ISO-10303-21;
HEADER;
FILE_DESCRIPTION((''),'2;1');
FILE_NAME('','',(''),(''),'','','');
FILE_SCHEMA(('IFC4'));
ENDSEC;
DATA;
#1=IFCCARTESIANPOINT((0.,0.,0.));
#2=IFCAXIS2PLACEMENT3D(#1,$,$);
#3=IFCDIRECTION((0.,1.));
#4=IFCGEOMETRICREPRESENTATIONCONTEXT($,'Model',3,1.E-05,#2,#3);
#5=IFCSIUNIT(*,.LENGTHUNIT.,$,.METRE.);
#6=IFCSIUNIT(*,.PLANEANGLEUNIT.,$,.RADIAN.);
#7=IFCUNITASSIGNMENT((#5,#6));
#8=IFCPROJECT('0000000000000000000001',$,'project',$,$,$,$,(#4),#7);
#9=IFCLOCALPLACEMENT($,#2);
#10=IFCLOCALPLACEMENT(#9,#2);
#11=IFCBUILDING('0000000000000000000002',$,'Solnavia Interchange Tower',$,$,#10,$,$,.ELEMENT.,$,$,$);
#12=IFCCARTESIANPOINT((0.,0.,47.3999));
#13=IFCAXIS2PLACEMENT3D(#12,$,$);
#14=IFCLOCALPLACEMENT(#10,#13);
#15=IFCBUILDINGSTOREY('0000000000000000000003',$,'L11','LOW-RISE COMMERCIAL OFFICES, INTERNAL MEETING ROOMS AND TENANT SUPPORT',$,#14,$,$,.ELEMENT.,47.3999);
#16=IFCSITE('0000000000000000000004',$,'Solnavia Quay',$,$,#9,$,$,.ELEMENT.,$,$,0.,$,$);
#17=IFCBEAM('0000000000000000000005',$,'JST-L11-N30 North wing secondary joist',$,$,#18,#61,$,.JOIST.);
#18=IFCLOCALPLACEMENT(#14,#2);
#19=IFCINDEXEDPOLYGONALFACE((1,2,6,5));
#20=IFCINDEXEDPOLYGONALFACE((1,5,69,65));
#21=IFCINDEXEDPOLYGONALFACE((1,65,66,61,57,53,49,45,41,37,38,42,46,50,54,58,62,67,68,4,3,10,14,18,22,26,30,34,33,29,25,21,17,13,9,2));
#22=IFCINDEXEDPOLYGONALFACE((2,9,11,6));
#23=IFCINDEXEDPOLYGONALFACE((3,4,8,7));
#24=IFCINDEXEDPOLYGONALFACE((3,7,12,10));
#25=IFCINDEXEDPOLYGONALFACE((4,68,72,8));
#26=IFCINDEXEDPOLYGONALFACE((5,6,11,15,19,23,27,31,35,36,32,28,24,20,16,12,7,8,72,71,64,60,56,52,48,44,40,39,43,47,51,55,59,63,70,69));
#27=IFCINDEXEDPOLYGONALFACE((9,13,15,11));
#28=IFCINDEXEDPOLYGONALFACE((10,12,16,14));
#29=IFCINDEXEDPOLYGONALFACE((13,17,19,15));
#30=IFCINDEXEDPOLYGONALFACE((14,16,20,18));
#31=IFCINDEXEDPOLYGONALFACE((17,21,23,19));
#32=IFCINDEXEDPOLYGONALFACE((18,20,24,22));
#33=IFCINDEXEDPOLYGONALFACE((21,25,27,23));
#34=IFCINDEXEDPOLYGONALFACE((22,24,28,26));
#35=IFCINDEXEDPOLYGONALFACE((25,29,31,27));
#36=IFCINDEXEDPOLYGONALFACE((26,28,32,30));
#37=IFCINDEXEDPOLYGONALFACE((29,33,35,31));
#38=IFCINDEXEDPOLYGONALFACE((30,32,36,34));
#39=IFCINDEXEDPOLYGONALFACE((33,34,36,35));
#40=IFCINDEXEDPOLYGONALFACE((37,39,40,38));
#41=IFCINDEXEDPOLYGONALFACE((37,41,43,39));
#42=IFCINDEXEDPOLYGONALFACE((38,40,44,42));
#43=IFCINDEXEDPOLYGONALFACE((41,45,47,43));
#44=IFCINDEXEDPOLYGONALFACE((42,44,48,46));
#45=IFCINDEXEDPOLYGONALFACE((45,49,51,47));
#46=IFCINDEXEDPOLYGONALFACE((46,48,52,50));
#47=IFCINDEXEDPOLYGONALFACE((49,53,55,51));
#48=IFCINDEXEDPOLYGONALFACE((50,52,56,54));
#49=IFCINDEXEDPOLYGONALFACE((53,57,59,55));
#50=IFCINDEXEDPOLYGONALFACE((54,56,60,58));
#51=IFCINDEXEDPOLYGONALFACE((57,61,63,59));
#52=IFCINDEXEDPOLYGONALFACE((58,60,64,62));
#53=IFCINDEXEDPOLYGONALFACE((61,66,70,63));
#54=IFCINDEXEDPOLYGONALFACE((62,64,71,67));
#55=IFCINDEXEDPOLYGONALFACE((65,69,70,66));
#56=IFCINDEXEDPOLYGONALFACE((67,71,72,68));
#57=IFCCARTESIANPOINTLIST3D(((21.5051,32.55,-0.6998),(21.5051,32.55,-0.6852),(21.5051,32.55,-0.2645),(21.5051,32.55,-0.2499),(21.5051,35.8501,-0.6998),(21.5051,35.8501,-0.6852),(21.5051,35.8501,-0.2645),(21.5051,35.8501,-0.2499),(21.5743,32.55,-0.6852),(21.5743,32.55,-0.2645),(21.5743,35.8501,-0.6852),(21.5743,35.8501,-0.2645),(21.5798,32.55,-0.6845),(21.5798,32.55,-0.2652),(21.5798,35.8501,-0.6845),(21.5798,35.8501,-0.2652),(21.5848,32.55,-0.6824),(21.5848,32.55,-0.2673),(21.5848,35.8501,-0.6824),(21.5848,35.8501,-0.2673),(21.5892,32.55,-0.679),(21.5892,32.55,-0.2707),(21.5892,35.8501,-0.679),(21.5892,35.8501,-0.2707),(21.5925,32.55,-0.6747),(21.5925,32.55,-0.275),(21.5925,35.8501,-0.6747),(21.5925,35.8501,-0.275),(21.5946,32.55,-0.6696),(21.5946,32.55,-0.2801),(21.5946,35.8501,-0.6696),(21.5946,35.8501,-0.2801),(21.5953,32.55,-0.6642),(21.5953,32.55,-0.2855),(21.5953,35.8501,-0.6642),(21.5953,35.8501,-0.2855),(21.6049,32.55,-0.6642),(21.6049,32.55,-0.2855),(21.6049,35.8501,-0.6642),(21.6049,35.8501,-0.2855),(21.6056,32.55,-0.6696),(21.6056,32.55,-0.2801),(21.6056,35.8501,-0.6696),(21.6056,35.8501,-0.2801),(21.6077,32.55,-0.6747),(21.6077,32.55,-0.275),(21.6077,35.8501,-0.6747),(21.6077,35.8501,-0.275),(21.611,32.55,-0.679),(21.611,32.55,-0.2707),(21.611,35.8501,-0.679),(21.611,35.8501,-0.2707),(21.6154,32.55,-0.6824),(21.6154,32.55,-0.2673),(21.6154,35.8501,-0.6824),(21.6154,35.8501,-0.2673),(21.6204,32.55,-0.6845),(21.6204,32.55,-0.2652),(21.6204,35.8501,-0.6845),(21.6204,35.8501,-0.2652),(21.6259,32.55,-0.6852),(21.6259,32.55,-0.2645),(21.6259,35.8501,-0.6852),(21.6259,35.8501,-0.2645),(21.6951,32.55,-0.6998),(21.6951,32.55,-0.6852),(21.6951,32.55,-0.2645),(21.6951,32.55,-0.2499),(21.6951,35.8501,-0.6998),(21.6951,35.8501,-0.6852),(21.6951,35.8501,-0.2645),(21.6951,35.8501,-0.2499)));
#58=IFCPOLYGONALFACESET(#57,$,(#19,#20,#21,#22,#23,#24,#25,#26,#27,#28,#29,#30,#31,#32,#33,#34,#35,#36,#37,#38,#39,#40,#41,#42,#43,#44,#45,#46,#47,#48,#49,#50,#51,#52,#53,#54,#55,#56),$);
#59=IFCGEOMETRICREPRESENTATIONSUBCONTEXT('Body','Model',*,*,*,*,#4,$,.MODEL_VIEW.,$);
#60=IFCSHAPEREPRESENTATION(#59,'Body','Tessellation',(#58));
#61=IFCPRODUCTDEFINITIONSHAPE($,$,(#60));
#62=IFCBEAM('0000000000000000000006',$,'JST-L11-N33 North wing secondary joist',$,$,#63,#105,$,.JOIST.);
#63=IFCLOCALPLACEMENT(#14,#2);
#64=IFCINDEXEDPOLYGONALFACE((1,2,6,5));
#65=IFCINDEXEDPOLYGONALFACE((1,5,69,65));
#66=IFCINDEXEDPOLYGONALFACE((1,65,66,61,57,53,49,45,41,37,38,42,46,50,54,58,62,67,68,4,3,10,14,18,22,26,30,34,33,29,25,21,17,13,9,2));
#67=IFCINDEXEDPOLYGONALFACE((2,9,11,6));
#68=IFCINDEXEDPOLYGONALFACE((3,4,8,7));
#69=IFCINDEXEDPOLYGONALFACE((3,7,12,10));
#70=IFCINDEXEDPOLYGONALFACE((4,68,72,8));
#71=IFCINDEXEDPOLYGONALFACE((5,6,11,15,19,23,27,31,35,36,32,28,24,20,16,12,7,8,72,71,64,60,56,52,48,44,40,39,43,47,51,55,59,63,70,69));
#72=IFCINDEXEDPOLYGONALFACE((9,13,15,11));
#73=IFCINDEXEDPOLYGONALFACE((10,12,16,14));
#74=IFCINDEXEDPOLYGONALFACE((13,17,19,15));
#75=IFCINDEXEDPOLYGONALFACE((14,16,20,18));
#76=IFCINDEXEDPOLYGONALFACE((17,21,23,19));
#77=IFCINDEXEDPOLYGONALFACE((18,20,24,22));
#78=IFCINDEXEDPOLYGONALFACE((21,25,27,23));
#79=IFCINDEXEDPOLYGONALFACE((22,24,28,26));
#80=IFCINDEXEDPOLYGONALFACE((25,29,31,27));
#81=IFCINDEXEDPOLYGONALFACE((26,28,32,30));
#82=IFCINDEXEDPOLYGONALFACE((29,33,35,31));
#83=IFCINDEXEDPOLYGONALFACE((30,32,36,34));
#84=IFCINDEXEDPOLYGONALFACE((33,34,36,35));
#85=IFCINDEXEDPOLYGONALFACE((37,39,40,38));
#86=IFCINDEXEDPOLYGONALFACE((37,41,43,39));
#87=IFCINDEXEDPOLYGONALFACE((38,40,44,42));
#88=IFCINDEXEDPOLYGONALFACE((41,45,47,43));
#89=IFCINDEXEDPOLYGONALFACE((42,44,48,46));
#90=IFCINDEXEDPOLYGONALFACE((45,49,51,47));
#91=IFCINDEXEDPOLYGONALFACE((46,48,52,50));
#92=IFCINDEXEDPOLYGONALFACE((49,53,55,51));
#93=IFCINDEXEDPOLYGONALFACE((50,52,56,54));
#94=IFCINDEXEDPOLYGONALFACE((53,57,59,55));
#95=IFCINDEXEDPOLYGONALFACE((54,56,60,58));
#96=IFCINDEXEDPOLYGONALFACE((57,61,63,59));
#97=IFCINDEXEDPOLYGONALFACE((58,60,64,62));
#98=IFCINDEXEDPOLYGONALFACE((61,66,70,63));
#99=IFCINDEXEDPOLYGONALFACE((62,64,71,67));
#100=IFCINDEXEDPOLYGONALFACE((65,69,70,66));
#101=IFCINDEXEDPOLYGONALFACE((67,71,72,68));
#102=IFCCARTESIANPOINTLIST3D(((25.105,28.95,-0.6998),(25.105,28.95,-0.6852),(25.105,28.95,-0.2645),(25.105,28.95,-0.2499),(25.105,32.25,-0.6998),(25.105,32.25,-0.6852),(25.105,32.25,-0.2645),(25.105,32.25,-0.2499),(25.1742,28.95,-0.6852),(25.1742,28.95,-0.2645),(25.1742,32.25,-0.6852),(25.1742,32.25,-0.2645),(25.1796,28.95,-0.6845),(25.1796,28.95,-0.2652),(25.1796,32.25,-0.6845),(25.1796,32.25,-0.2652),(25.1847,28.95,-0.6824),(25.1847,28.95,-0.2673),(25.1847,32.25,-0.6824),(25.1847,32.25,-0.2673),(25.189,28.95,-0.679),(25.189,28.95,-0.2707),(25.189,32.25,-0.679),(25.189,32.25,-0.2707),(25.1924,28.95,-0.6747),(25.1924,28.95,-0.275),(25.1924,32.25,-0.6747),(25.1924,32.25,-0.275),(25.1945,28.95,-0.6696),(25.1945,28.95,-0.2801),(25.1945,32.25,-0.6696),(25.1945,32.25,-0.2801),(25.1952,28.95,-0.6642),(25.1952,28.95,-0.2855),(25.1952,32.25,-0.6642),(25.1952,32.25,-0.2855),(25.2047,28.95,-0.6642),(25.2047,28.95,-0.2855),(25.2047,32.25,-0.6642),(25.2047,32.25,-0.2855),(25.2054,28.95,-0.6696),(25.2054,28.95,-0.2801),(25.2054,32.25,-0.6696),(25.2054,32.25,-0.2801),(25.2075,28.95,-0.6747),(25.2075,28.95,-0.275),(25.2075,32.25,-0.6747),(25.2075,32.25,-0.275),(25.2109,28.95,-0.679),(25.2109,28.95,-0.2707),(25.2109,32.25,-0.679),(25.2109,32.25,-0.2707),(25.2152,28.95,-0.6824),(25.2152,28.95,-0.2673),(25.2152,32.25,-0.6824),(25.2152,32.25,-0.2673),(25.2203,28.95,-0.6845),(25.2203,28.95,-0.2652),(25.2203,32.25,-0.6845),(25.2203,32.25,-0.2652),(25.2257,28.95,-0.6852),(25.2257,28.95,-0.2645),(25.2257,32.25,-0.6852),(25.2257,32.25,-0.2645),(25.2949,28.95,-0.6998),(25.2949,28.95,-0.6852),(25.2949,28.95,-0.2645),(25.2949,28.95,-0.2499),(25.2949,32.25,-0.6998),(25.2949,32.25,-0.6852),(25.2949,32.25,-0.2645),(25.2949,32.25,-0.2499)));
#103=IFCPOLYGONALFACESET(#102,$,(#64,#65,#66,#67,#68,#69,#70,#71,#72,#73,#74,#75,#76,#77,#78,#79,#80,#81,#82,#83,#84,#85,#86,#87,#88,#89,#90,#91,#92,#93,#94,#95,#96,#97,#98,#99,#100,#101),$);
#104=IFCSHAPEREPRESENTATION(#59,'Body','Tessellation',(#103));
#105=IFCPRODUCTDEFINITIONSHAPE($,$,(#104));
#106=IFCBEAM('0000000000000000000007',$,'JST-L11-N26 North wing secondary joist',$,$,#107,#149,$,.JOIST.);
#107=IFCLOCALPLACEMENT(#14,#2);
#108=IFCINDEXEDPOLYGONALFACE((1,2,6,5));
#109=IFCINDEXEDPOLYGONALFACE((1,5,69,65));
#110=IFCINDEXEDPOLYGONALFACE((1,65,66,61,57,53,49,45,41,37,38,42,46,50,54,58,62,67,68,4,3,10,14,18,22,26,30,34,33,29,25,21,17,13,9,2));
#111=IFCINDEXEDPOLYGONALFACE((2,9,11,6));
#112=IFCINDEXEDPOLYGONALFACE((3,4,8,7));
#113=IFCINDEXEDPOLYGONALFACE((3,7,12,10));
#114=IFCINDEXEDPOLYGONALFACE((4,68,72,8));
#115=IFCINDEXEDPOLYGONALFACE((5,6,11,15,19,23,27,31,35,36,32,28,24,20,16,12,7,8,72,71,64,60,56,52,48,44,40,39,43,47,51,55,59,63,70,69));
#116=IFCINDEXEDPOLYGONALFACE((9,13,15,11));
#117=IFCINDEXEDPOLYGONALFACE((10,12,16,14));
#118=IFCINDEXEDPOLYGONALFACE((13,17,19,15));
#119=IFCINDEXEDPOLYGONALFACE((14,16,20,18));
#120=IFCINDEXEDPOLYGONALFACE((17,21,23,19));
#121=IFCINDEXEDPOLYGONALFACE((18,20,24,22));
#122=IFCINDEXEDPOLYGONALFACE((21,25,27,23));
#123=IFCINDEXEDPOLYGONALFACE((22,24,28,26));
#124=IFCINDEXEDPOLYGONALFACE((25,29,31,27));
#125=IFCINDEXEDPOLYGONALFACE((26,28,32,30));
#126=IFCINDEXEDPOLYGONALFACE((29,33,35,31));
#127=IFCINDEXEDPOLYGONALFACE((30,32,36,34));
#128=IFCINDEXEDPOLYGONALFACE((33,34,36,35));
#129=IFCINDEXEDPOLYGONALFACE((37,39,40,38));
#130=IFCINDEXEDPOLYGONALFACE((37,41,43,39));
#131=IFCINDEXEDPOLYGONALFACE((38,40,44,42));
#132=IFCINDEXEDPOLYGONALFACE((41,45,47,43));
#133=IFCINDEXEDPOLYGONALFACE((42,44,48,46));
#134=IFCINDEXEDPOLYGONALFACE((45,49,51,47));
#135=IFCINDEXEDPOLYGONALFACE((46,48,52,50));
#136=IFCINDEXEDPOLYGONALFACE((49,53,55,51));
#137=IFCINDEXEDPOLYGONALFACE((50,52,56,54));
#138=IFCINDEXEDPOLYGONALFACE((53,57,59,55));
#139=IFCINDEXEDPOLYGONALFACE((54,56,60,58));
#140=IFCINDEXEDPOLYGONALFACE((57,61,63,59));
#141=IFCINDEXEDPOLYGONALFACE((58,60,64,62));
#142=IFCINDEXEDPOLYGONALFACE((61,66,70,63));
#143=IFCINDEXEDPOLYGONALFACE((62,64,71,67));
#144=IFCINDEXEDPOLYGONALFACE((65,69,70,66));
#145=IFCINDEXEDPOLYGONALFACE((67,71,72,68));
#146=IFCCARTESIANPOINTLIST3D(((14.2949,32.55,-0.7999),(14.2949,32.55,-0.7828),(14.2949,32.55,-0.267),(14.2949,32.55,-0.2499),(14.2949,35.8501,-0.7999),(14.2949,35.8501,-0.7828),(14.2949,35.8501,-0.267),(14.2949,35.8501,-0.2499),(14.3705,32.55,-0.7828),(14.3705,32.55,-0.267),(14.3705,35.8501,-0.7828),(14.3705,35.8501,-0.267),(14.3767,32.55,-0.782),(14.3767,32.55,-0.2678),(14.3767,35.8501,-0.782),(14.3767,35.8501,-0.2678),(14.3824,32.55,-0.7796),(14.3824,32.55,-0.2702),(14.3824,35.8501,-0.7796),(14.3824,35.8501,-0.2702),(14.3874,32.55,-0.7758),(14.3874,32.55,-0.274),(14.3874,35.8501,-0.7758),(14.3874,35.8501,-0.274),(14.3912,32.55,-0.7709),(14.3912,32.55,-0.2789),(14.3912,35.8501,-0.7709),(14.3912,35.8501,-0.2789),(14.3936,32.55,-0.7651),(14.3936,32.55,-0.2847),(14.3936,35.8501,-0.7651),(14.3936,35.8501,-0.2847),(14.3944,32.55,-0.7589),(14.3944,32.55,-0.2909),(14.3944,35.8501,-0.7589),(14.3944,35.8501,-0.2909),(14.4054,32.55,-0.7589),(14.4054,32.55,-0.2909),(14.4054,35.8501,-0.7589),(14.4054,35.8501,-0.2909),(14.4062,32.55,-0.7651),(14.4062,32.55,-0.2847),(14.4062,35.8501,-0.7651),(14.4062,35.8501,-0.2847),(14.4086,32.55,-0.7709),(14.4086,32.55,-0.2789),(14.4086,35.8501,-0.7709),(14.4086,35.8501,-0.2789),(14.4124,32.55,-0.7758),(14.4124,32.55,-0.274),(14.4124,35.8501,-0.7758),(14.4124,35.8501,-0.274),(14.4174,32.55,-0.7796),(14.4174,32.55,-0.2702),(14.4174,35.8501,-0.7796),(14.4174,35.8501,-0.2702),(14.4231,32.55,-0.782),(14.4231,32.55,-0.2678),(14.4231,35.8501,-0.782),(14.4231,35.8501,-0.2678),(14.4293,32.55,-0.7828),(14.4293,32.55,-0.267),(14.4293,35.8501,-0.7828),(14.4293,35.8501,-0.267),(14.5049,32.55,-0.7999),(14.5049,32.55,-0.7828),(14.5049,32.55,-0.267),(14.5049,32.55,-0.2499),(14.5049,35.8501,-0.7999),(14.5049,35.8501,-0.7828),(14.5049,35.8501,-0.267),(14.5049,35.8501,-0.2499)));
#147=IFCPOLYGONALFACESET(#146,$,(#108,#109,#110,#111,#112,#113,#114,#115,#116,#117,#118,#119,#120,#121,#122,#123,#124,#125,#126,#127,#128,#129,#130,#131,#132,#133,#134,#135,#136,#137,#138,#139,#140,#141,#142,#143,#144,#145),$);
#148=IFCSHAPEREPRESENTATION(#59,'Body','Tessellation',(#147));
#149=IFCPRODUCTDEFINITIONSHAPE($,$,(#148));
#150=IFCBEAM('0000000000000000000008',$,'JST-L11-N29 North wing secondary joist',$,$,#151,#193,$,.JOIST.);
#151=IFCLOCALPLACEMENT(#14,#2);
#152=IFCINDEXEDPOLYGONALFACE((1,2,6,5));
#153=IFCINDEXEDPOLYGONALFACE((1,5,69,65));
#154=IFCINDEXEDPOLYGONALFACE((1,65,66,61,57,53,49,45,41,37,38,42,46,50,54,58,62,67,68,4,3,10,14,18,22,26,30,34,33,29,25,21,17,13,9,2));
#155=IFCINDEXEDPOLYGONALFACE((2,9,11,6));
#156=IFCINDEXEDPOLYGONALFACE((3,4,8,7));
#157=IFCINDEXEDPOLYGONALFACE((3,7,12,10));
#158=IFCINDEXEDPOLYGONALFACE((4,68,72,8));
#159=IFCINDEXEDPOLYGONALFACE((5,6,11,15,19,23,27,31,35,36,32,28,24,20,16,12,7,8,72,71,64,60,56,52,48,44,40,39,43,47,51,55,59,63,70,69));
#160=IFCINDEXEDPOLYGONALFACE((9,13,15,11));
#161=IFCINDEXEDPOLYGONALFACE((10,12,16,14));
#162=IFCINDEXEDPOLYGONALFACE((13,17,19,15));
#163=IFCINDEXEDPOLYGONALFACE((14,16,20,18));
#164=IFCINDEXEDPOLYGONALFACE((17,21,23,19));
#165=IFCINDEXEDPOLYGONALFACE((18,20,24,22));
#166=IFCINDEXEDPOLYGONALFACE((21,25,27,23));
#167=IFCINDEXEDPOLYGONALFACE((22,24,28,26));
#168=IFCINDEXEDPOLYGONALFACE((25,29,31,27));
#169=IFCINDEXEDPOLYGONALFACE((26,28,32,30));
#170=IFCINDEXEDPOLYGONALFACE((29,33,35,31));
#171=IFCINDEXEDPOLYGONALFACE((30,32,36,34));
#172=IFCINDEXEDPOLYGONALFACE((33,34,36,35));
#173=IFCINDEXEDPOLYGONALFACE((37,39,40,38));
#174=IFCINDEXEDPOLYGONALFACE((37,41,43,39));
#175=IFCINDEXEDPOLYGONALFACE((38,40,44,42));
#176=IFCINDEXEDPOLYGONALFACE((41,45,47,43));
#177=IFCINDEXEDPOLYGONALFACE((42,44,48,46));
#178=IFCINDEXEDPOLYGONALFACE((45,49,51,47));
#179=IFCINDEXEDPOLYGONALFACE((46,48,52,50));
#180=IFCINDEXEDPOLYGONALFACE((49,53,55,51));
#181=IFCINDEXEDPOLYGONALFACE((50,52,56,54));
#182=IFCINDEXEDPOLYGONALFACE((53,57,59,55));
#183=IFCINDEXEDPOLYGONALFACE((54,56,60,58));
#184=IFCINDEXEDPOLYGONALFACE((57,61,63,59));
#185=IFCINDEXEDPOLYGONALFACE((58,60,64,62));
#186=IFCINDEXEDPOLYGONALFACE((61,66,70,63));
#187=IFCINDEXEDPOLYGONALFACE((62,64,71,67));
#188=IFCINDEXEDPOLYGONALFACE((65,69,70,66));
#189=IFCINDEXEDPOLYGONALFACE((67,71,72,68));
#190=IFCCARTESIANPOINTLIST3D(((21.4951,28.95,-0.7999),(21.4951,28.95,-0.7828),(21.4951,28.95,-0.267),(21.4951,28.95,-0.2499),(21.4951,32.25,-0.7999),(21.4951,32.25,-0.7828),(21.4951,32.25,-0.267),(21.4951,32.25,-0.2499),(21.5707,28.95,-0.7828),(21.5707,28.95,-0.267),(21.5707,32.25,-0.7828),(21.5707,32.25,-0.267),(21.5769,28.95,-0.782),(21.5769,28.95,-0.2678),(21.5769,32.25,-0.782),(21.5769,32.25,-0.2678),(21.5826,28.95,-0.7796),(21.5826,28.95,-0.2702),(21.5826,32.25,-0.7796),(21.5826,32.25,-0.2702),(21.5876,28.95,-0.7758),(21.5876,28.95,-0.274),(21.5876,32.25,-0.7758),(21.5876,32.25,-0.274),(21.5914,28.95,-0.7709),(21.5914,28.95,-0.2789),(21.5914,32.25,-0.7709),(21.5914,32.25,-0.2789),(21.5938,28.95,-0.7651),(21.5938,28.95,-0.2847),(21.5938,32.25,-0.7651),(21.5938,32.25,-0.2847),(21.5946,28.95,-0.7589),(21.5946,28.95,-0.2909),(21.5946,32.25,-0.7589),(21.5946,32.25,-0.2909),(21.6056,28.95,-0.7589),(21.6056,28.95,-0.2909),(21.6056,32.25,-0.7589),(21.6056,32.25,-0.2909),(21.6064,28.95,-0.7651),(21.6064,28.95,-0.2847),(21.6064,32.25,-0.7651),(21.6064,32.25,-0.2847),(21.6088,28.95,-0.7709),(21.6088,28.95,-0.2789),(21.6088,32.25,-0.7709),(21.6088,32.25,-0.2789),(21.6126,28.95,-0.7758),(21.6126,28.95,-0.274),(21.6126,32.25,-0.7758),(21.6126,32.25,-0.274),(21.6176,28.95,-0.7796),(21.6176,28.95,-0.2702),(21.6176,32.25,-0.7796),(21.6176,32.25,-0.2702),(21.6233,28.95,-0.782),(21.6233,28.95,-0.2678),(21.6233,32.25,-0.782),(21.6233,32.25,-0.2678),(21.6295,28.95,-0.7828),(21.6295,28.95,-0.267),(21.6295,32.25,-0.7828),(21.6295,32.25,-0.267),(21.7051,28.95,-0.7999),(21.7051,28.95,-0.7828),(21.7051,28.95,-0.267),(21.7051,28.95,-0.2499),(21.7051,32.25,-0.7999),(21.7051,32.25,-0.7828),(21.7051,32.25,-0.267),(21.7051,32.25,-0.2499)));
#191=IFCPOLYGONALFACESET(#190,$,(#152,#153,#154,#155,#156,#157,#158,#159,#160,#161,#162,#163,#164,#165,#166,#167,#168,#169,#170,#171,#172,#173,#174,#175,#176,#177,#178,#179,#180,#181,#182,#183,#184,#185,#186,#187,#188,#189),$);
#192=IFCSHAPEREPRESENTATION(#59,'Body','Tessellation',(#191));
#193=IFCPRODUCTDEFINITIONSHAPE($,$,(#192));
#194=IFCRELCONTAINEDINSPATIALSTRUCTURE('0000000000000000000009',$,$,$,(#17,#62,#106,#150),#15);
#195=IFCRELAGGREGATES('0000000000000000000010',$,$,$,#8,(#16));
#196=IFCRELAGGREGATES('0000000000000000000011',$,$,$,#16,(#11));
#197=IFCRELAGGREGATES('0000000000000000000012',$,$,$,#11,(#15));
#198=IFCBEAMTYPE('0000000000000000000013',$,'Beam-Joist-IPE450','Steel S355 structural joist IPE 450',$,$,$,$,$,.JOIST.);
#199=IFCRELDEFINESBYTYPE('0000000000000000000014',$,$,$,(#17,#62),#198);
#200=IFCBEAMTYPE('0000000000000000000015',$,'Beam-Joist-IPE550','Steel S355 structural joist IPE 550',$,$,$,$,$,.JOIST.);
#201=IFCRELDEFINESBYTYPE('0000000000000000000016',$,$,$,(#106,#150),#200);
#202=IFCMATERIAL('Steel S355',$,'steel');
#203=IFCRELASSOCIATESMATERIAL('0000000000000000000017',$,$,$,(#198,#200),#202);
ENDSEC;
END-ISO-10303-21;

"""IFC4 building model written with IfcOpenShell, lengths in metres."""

from ifc_helpers import new_model, si_unit, direction, frame, origin, origin_2d, place, context, subcontext, project, spatial, i_section, extrude, material, material_profile, profile_set, type_object, element, save


model = new_model("IFC4")

# Units and contexts
model_context = context("Model", 3, precision=1e-05, world=origin(), true_north=direction((0.0, 1.0)))
body_context = subcontext(model_context, "Body", "Model", "MODEL_VIEW")
ifc_project = project(units=[si_unit("LENGTHUNIT", "METRE"), si_unit("PLANEANGLEUNIT", "RADIAN")], contexts=[model_context])

# Site, building, storey
site_placement = place(None, origin())
site = spatial("IfcSite", under=ifc_project, at=site_placement, Name="Solnavia Quay", CompositionType="ELEMENT", RefElevation=0.0)
building_placement = place(site_placement, origin())
building = spatial("IfcBuilding", under=site, at=building_placement, Name="Solnavia Interchange Tower", CompositionType="ELEMENT")
storey_placement = place(building_placement, frame((0.0, 0.0, 47.3999)))
storey = spatial("IfcBuildingStorey", under=building, at=storey_placement, Name="L11", Description="LOW-RISE COMMERCIAL OFFICES, INTERNAL MEETING ROOMS AND TENANT SUPPORT", CompositionType="ELEMENT", Elevation=47.3999)

# Shared definitions
ifc_material_1 = material(Name="Steel S355", Category="steel")

# Beams
ifc_material_profile_1 = material_profile(ifc_material_1, i_section(OverallWidth=0.1899, OverallDepth=0.45, WebThickness=0.0095, FlangeThickness=0.0146, FilletRadius=0.021, at=origin_2d()), Name="IPE 450")
ifc_profile_set_1 = profile_set([ifc_material_profile_1], Name="Steel S355")
beam_type_1 = type_object("IfcBeamType", Name="Beam-Joist-IPE450", Description="Steel S355 structural joist IPE 450", PredefinedType="JOIST", material=ifc_profile_set_1)
for number, where, z_axis, x_axis, name in (
    (1, (21.6001, 32.55, -0.4749), (0.0, 1.0, 0.0), (-1.0, 0.0, 0.0), "JST-L11-N30 North wing secondary joist"),
    (2, (25.2, 28.95, -0.4749), (0.0, 1.0, 0.0), (-1.0, 0.0, 0.0), "JST-L11-N33 North wing secondary joist"),
):
    element("IfcBeam", number, at=place(storey_placement, frame(where, z_axis=z_axis, x_axis=x_axis)), inside=storey, type_object=beam_type_1, Name=name, PredefinedType="JOIST", context=body_context, shape_type="SweptSolid", body=[
        extrude(i_section(OverallWidth=0.1899, OverallDepth=0.45, WebThickness=0.0095, FlangeThickness=0.0146, FilletRadius=0.021, at=origin_2d()), origin(), (0.0, 0.0, 1.0), 3.3),
    ])
ifc_material_profile_2 = material_profile(ifc_material_1, i_section(OverallWidth=0.21, OverallDepth=0.55, WebThickness=0.011, FlangeThickness=0.0171, FilletRadius=0.0239, at=origin_2d()), Name="IPE 550")
ifc_profile_set_2 = profile_set([ifc_material_profile_2], Name="Steel S355")
beam_type_2 = type_object("IfcBeamType", Name="Beam-Joist-IPE550", Description="Steel S355 structural joist IPE 550", PredefinedType="JOIST", material=ifc_profile_set_2)
for number, where, z_axis, x_axis, name in (
    (3, (14.3999, 32.55, -0.5249), (0.0, 1.0, 0.0), (-1.0, 0.0, 0.0), "JST-L11-N26 North wing secondary joist"),
    (4, (21.6001, 28.95, -0.5249), (0.0, 1.0, 0.0), (-1.0, 0.0, 0.0), "JST-L11-N29 North wing secondary joist"),
):
    element("IfcBeam", number, at=place(storey_placement, frame(where, z_axis=z_axis, x_axis=x_axis)), inside=storey, type_object=beam_type_2, Name=name, PredefinedType="JOIST", context=body_context, shape_type="SweptSolid", body=[
        extrude(i_section(OverallWidth=0.21, OverallDepth=0.55, WebThickness=0.011, FlangeThickness=0.0171, FilletRadius=0.0239, at=origin_2d()), origin(), (0.0, 0.0, 1.0), 3.3),
    ])

save(model, "model.ifc")
